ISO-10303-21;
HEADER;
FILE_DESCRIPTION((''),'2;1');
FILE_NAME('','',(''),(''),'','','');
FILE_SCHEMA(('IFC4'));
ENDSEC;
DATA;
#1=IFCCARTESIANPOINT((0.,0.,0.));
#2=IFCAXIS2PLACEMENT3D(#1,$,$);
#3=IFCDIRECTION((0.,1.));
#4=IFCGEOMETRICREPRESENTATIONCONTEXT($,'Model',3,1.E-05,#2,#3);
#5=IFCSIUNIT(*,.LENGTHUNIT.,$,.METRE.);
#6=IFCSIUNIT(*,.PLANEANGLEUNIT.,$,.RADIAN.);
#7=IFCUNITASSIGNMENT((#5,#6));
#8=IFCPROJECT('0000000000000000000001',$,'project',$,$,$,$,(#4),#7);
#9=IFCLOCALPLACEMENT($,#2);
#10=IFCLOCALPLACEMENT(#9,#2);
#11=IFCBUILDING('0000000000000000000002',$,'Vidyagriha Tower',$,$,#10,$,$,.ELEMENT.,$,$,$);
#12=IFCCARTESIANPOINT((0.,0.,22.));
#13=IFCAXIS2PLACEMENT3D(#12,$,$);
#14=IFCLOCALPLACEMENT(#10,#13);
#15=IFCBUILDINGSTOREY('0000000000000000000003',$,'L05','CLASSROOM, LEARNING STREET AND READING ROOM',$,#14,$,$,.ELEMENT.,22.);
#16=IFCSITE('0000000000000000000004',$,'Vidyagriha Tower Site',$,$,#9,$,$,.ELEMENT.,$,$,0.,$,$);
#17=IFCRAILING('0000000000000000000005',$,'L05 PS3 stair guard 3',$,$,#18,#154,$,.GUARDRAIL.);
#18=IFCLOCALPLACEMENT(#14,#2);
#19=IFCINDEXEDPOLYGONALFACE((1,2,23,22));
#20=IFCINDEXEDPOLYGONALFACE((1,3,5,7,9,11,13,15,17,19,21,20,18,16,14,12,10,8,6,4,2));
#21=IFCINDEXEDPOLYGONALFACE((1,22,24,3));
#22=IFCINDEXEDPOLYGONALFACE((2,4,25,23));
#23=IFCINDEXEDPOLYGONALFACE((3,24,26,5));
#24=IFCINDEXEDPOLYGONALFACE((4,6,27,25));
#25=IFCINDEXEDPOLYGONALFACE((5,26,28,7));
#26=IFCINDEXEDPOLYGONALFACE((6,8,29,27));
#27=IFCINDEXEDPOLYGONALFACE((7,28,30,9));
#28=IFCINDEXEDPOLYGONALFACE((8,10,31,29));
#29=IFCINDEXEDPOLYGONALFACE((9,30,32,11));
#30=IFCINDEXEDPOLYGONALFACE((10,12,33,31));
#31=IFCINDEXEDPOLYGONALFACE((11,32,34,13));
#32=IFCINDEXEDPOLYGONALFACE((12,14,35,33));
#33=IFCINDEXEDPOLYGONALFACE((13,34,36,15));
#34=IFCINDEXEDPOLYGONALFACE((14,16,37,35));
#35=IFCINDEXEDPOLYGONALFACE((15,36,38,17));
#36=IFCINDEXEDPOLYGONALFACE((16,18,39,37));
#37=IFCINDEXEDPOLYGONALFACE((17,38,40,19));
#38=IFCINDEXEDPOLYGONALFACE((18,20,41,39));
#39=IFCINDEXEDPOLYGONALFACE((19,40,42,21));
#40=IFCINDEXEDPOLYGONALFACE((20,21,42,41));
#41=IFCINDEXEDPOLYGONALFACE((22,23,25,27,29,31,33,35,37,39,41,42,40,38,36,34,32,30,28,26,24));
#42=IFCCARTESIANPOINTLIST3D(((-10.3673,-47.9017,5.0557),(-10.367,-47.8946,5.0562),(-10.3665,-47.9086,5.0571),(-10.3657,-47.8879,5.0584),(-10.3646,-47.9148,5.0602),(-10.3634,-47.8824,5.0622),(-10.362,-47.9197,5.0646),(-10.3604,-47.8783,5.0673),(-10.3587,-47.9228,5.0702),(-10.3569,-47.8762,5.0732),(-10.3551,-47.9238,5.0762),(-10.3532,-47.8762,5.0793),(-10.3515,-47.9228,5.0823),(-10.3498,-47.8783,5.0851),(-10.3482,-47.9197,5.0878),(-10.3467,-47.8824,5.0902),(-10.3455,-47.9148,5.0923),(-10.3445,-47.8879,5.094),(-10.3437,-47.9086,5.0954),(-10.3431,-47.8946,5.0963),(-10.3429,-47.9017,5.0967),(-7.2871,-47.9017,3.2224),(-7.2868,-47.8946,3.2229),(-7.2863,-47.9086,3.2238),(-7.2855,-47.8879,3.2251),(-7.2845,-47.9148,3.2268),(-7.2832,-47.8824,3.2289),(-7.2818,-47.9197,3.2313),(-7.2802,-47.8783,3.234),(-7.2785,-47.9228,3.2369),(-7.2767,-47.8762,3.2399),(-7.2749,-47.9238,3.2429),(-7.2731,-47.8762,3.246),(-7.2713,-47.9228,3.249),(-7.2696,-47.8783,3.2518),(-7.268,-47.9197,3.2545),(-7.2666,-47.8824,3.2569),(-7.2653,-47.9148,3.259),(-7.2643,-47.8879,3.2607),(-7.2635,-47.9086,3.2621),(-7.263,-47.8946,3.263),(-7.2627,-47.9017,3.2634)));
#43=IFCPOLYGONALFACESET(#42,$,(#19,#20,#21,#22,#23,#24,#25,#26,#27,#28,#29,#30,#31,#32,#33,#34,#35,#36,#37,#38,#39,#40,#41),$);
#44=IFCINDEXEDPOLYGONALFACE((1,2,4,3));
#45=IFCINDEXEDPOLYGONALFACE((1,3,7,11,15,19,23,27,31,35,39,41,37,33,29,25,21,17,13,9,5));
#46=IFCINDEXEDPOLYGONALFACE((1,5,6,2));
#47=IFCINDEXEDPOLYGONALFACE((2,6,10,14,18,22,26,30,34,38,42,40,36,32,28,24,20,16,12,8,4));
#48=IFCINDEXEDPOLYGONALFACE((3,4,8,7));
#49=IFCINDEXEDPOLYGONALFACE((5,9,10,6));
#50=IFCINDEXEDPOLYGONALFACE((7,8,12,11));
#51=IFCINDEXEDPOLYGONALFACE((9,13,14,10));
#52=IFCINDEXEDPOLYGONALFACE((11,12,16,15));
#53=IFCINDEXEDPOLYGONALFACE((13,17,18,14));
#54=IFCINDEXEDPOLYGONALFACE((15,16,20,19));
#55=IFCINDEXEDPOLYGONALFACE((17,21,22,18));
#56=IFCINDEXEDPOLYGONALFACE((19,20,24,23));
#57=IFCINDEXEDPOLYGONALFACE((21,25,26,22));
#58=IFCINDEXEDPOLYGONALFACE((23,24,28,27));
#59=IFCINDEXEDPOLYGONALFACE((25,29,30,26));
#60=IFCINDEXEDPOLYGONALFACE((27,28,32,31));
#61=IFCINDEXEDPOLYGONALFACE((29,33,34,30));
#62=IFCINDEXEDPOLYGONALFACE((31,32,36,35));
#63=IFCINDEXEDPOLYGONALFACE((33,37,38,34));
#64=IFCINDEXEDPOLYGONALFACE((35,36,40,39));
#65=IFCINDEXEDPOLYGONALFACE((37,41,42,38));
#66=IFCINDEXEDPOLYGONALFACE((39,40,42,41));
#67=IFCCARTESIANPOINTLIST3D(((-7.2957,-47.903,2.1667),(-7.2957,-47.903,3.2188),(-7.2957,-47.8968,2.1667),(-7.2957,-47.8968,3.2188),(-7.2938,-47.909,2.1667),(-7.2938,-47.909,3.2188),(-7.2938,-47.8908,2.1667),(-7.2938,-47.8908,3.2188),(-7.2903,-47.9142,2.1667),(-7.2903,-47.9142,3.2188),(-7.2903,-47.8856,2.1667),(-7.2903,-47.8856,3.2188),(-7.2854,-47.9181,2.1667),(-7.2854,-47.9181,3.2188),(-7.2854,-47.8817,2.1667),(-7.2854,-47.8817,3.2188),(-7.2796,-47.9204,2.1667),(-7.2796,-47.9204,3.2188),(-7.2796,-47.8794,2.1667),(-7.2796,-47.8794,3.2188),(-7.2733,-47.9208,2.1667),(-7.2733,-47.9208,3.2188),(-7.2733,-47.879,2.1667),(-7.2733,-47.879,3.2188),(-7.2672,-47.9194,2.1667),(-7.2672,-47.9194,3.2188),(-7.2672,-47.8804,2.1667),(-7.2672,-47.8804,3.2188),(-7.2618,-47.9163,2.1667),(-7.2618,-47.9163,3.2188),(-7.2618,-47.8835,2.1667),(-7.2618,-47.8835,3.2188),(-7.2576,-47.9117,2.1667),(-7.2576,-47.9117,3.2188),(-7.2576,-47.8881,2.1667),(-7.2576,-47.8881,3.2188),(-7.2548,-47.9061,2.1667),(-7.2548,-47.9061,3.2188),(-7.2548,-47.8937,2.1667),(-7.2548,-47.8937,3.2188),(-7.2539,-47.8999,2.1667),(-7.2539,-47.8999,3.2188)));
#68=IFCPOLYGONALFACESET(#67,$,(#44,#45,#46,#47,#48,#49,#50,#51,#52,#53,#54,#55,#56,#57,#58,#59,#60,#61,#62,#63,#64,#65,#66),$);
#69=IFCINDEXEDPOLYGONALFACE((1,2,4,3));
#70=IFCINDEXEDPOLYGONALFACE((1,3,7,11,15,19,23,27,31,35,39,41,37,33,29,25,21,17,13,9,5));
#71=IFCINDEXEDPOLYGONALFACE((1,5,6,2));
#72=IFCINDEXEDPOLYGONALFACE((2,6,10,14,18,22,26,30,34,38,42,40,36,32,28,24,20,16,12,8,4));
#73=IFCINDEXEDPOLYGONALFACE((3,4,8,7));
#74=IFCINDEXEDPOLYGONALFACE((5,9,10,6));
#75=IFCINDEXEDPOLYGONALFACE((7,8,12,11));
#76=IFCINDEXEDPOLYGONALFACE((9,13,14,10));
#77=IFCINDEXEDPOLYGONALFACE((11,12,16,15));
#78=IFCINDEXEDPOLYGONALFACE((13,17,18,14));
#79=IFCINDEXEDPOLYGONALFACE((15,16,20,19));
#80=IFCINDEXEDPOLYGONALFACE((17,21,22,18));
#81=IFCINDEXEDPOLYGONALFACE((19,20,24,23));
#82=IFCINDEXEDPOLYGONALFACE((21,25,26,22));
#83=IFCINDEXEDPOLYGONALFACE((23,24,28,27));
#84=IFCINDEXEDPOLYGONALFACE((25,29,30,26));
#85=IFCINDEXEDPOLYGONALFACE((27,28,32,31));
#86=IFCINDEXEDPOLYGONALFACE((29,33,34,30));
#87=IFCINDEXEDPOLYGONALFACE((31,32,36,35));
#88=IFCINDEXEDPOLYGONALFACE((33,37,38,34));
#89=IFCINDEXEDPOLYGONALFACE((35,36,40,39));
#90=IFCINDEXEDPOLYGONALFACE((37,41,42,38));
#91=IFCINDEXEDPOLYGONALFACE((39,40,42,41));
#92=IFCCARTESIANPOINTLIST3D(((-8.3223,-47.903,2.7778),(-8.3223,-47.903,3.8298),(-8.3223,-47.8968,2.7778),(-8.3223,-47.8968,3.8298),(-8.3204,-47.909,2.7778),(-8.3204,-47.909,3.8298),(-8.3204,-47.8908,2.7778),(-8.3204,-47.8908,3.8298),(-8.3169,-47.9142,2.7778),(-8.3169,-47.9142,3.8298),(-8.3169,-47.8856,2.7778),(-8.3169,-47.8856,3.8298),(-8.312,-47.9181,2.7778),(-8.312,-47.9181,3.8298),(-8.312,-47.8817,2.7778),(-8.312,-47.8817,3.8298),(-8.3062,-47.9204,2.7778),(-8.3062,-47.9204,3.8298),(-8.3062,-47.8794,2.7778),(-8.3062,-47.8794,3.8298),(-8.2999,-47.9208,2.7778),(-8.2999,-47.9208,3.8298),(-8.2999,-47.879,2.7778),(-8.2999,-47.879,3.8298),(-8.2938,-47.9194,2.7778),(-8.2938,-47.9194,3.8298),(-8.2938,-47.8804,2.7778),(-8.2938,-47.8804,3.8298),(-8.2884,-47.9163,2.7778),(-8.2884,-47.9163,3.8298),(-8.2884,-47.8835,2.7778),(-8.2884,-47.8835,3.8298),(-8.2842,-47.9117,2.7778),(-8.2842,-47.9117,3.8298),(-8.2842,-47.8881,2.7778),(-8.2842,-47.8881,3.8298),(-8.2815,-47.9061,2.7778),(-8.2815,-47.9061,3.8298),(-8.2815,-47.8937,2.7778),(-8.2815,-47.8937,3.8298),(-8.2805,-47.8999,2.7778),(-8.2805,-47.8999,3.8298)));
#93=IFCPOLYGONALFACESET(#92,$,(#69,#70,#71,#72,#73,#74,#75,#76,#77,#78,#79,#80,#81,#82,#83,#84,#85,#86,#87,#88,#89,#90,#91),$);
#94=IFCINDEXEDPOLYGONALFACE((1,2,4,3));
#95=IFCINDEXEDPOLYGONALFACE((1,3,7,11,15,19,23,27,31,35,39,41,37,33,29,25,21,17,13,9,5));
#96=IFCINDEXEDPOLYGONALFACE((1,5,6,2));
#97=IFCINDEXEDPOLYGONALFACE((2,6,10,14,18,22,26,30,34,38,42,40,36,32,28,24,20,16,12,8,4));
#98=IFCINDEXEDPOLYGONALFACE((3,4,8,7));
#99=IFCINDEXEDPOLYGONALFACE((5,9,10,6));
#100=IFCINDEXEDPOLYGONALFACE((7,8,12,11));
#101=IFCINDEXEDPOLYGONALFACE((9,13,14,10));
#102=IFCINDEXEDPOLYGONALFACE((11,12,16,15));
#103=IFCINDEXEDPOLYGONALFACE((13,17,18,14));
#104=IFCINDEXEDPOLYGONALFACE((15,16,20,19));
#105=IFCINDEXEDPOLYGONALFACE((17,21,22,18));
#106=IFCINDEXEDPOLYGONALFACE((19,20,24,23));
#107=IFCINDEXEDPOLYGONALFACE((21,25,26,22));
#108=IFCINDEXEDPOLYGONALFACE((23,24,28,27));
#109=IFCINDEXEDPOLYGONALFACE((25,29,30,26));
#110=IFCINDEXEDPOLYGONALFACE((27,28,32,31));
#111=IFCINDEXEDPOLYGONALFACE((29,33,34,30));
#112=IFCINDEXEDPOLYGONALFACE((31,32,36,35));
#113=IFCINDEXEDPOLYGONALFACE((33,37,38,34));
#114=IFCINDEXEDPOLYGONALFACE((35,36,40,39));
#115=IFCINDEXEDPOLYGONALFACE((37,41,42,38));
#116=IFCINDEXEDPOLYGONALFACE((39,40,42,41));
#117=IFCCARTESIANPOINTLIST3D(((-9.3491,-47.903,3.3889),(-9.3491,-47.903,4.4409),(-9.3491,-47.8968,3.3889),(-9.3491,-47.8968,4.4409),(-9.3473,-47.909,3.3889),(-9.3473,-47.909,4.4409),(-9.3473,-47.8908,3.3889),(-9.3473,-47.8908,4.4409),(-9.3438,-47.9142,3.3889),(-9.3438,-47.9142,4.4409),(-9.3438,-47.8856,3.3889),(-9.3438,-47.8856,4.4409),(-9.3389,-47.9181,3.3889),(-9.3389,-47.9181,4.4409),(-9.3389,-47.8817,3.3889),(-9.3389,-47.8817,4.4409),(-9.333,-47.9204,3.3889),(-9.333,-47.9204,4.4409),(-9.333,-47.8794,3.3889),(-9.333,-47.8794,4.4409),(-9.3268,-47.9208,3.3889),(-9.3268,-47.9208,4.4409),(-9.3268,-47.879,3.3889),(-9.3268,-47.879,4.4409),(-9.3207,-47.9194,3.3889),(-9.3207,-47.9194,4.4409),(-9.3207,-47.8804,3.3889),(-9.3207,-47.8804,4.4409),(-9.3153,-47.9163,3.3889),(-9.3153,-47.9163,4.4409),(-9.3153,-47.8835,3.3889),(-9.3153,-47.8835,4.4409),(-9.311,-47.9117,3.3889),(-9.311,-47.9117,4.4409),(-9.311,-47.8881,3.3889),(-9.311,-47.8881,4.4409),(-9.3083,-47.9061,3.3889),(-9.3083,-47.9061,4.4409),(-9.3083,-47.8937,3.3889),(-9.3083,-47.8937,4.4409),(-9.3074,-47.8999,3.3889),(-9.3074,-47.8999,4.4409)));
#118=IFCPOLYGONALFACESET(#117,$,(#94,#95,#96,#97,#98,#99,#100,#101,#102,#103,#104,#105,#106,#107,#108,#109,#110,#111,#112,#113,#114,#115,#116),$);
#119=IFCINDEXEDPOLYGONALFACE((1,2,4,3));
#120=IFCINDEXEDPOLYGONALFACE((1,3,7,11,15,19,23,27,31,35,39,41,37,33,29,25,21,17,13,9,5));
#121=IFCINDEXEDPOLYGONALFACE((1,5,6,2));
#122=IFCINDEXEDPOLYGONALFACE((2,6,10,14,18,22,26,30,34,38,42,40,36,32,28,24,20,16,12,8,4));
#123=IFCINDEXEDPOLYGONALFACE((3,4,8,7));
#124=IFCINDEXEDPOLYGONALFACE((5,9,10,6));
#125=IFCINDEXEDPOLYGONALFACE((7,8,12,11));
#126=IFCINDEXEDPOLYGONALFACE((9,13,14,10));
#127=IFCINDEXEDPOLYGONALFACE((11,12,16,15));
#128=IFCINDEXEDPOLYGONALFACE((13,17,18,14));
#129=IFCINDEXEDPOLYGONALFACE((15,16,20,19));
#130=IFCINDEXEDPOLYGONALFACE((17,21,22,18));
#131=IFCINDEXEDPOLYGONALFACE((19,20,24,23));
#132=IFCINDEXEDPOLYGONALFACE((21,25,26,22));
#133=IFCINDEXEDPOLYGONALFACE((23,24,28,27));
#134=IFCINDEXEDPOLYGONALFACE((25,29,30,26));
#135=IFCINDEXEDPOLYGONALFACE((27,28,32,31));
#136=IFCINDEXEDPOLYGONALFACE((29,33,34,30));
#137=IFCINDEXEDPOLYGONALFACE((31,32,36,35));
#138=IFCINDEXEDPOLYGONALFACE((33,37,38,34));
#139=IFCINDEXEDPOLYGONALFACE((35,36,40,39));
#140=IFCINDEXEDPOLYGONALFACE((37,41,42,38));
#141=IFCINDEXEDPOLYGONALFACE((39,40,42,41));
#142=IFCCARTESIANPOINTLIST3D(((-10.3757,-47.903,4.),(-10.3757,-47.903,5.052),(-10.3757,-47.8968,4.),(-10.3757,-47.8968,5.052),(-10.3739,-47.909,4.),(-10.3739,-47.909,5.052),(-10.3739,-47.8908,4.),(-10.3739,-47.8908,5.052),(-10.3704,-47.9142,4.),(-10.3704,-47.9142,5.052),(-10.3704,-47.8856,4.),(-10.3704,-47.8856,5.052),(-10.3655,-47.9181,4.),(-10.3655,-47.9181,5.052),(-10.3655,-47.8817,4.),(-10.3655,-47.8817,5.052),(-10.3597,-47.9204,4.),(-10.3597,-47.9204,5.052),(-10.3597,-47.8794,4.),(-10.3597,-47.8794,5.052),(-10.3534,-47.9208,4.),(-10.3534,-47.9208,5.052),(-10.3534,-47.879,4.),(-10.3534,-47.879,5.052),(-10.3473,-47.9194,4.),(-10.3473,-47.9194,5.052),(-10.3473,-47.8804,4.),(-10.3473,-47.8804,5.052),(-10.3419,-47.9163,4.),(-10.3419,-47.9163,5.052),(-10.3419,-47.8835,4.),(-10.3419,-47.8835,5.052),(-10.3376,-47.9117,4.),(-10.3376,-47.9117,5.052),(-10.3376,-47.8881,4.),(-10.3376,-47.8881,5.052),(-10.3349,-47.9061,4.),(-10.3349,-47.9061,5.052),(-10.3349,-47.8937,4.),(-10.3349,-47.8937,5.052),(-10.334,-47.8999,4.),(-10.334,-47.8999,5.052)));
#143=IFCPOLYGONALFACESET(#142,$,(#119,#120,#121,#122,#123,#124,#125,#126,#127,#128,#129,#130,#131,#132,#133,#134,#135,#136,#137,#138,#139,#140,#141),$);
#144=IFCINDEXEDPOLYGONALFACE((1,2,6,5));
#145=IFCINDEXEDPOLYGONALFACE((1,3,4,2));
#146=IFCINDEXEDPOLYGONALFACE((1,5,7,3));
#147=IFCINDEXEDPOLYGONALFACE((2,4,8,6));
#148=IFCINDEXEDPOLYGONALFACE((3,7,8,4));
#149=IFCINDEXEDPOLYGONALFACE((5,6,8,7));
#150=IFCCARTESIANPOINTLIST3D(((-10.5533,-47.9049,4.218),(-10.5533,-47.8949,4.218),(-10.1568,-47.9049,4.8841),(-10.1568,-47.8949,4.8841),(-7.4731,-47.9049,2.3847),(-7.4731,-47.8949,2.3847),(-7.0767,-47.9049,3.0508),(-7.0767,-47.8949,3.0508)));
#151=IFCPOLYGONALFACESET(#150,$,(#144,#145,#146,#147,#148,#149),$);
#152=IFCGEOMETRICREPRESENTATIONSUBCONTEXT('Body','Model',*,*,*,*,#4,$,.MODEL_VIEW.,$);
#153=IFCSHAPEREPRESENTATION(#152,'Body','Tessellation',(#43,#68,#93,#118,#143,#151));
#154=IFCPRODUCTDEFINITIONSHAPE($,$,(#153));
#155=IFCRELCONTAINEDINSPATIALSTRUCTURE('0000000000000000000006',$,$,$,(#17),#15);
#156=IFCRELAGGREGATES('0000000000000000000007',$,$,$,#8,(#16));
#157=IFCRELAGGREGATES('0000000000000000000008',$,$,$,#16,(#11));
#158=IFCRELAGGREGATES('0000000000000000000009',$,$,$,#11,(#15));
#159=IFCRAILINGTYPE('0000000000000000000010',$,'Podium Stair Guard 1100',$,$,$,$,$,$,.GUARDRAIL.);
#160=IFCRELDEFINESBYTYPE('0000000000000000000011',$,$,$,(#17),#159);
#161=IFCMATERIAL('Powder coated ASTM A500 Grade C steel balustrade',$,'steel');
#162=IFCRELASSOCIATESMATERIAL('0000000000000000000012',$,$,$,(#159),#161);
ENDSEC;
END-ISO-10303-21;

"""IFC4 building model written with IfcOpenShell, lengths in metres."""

from ifc_helpers import new_model, si_unit, direction, frame, origin, origin_2d, place, context, subcontext, project, spatial, rectangle, circle, extrude, material, type_object, element, save


model = new_model("IFC4")

# Units and contexts
model_context = context("Model", 3, precision=1e-05, world=origin(), true_north=direction((0.0, 1.0)))
body_context = subcontext(model_context, "Body", "Model", "MODEL_VIEW")
ifc_project = project(units=[si_unit("LENGTHUNIT", "METRE"), si_unit("PLANEANGLEUNIT", "RADIAN")], contexts=[model_context])

# Site, building, storey
site_placement = place(None, origin())
site = spatial("IfcSite", under=ifc_project, at=site_placement, Name="Vidyagriha Tower Site", CompositionType="ELEMENT", RefElevation=0.0)
building_placement = place(site_placement, origin())
building = spatial("IfcBuilding", under=site, at=building_placement, Name="Vidyagriha Tower", CompositionType="ELEMENT")
storey_placement = place(building_placement, frame((0.0, 0.0, 22.0)))
storey = spatial("IfcBuildingStorey", under=building, at=storey_placement, Name="L05", Description="CLASSROOM, LEARNING STREET AND READING ROOM", CompositionType="ELEMENT", Elevation=22.0)

# Railing
ifc_material_1 = material(Name="Powder coated ASTM A500 Grade C steel balustrade", Category="steel")
railing_type_1 = type_object("IfcRailingType", Name="Podium Stair Guard 1100", PredefinedType="GUARDRAIL", material=ifc_material_1)
railing_1_placement = place(storey_placement, frame((-7.2749, -47.8999, 2.1667)))
element("IfcRailing", 1, at=railing_1_placement, inside=storey, type_object=railing_type_1, Name="L05 PS3 stair guard 3", PredefinedType="GUARDRAIL", context=body_context, shape_type="SweptSolid", body=[
    extrude(circle(Radius=0.0239, at=origin_2d()), frame((0.0, 0.0, 1.0762), z_axis=(-0.859309, 0.0, 0.511458), x_axis=(0.0, -1.0, 0.0)), (0.0, 0.0, 1.0), 3.5845),
    extrude(circle(Radius=0.021, at=origin_2d()), origin(), (0.0, 0.0, 1.0), 1.052),
    extrude(circle(Radius=0.021, at=origin_2d()), frame((-1.0266, 0.0, 0.6111)), (0.0, 0.0, 1.0), 1.052),
    extrude(circle(Radius=0.021, at=origin_2d()), frame((-2.0535, 0.0, 1.2222)), (0.0, 0.0, 1.0), 1.052),
    extrude(circle(Radius=0.021, at=origin_2d()), frame((-3.0801, 0.0, 1.8333)), (0.0, 0.0, 1.0), 1.052),
    extrude(rectangle(XDim=0.01, YDim=0.7751, at=origin_2d()), frame((0.0, 0.0, 0.551), z_axis=(-0.859309, 0.0, 0.511458), x_axis=(0.0, -1.0, 0.0)), (0.0, 0.0, 1.0), 3.5845),
])

save(model, "model.ifc")
